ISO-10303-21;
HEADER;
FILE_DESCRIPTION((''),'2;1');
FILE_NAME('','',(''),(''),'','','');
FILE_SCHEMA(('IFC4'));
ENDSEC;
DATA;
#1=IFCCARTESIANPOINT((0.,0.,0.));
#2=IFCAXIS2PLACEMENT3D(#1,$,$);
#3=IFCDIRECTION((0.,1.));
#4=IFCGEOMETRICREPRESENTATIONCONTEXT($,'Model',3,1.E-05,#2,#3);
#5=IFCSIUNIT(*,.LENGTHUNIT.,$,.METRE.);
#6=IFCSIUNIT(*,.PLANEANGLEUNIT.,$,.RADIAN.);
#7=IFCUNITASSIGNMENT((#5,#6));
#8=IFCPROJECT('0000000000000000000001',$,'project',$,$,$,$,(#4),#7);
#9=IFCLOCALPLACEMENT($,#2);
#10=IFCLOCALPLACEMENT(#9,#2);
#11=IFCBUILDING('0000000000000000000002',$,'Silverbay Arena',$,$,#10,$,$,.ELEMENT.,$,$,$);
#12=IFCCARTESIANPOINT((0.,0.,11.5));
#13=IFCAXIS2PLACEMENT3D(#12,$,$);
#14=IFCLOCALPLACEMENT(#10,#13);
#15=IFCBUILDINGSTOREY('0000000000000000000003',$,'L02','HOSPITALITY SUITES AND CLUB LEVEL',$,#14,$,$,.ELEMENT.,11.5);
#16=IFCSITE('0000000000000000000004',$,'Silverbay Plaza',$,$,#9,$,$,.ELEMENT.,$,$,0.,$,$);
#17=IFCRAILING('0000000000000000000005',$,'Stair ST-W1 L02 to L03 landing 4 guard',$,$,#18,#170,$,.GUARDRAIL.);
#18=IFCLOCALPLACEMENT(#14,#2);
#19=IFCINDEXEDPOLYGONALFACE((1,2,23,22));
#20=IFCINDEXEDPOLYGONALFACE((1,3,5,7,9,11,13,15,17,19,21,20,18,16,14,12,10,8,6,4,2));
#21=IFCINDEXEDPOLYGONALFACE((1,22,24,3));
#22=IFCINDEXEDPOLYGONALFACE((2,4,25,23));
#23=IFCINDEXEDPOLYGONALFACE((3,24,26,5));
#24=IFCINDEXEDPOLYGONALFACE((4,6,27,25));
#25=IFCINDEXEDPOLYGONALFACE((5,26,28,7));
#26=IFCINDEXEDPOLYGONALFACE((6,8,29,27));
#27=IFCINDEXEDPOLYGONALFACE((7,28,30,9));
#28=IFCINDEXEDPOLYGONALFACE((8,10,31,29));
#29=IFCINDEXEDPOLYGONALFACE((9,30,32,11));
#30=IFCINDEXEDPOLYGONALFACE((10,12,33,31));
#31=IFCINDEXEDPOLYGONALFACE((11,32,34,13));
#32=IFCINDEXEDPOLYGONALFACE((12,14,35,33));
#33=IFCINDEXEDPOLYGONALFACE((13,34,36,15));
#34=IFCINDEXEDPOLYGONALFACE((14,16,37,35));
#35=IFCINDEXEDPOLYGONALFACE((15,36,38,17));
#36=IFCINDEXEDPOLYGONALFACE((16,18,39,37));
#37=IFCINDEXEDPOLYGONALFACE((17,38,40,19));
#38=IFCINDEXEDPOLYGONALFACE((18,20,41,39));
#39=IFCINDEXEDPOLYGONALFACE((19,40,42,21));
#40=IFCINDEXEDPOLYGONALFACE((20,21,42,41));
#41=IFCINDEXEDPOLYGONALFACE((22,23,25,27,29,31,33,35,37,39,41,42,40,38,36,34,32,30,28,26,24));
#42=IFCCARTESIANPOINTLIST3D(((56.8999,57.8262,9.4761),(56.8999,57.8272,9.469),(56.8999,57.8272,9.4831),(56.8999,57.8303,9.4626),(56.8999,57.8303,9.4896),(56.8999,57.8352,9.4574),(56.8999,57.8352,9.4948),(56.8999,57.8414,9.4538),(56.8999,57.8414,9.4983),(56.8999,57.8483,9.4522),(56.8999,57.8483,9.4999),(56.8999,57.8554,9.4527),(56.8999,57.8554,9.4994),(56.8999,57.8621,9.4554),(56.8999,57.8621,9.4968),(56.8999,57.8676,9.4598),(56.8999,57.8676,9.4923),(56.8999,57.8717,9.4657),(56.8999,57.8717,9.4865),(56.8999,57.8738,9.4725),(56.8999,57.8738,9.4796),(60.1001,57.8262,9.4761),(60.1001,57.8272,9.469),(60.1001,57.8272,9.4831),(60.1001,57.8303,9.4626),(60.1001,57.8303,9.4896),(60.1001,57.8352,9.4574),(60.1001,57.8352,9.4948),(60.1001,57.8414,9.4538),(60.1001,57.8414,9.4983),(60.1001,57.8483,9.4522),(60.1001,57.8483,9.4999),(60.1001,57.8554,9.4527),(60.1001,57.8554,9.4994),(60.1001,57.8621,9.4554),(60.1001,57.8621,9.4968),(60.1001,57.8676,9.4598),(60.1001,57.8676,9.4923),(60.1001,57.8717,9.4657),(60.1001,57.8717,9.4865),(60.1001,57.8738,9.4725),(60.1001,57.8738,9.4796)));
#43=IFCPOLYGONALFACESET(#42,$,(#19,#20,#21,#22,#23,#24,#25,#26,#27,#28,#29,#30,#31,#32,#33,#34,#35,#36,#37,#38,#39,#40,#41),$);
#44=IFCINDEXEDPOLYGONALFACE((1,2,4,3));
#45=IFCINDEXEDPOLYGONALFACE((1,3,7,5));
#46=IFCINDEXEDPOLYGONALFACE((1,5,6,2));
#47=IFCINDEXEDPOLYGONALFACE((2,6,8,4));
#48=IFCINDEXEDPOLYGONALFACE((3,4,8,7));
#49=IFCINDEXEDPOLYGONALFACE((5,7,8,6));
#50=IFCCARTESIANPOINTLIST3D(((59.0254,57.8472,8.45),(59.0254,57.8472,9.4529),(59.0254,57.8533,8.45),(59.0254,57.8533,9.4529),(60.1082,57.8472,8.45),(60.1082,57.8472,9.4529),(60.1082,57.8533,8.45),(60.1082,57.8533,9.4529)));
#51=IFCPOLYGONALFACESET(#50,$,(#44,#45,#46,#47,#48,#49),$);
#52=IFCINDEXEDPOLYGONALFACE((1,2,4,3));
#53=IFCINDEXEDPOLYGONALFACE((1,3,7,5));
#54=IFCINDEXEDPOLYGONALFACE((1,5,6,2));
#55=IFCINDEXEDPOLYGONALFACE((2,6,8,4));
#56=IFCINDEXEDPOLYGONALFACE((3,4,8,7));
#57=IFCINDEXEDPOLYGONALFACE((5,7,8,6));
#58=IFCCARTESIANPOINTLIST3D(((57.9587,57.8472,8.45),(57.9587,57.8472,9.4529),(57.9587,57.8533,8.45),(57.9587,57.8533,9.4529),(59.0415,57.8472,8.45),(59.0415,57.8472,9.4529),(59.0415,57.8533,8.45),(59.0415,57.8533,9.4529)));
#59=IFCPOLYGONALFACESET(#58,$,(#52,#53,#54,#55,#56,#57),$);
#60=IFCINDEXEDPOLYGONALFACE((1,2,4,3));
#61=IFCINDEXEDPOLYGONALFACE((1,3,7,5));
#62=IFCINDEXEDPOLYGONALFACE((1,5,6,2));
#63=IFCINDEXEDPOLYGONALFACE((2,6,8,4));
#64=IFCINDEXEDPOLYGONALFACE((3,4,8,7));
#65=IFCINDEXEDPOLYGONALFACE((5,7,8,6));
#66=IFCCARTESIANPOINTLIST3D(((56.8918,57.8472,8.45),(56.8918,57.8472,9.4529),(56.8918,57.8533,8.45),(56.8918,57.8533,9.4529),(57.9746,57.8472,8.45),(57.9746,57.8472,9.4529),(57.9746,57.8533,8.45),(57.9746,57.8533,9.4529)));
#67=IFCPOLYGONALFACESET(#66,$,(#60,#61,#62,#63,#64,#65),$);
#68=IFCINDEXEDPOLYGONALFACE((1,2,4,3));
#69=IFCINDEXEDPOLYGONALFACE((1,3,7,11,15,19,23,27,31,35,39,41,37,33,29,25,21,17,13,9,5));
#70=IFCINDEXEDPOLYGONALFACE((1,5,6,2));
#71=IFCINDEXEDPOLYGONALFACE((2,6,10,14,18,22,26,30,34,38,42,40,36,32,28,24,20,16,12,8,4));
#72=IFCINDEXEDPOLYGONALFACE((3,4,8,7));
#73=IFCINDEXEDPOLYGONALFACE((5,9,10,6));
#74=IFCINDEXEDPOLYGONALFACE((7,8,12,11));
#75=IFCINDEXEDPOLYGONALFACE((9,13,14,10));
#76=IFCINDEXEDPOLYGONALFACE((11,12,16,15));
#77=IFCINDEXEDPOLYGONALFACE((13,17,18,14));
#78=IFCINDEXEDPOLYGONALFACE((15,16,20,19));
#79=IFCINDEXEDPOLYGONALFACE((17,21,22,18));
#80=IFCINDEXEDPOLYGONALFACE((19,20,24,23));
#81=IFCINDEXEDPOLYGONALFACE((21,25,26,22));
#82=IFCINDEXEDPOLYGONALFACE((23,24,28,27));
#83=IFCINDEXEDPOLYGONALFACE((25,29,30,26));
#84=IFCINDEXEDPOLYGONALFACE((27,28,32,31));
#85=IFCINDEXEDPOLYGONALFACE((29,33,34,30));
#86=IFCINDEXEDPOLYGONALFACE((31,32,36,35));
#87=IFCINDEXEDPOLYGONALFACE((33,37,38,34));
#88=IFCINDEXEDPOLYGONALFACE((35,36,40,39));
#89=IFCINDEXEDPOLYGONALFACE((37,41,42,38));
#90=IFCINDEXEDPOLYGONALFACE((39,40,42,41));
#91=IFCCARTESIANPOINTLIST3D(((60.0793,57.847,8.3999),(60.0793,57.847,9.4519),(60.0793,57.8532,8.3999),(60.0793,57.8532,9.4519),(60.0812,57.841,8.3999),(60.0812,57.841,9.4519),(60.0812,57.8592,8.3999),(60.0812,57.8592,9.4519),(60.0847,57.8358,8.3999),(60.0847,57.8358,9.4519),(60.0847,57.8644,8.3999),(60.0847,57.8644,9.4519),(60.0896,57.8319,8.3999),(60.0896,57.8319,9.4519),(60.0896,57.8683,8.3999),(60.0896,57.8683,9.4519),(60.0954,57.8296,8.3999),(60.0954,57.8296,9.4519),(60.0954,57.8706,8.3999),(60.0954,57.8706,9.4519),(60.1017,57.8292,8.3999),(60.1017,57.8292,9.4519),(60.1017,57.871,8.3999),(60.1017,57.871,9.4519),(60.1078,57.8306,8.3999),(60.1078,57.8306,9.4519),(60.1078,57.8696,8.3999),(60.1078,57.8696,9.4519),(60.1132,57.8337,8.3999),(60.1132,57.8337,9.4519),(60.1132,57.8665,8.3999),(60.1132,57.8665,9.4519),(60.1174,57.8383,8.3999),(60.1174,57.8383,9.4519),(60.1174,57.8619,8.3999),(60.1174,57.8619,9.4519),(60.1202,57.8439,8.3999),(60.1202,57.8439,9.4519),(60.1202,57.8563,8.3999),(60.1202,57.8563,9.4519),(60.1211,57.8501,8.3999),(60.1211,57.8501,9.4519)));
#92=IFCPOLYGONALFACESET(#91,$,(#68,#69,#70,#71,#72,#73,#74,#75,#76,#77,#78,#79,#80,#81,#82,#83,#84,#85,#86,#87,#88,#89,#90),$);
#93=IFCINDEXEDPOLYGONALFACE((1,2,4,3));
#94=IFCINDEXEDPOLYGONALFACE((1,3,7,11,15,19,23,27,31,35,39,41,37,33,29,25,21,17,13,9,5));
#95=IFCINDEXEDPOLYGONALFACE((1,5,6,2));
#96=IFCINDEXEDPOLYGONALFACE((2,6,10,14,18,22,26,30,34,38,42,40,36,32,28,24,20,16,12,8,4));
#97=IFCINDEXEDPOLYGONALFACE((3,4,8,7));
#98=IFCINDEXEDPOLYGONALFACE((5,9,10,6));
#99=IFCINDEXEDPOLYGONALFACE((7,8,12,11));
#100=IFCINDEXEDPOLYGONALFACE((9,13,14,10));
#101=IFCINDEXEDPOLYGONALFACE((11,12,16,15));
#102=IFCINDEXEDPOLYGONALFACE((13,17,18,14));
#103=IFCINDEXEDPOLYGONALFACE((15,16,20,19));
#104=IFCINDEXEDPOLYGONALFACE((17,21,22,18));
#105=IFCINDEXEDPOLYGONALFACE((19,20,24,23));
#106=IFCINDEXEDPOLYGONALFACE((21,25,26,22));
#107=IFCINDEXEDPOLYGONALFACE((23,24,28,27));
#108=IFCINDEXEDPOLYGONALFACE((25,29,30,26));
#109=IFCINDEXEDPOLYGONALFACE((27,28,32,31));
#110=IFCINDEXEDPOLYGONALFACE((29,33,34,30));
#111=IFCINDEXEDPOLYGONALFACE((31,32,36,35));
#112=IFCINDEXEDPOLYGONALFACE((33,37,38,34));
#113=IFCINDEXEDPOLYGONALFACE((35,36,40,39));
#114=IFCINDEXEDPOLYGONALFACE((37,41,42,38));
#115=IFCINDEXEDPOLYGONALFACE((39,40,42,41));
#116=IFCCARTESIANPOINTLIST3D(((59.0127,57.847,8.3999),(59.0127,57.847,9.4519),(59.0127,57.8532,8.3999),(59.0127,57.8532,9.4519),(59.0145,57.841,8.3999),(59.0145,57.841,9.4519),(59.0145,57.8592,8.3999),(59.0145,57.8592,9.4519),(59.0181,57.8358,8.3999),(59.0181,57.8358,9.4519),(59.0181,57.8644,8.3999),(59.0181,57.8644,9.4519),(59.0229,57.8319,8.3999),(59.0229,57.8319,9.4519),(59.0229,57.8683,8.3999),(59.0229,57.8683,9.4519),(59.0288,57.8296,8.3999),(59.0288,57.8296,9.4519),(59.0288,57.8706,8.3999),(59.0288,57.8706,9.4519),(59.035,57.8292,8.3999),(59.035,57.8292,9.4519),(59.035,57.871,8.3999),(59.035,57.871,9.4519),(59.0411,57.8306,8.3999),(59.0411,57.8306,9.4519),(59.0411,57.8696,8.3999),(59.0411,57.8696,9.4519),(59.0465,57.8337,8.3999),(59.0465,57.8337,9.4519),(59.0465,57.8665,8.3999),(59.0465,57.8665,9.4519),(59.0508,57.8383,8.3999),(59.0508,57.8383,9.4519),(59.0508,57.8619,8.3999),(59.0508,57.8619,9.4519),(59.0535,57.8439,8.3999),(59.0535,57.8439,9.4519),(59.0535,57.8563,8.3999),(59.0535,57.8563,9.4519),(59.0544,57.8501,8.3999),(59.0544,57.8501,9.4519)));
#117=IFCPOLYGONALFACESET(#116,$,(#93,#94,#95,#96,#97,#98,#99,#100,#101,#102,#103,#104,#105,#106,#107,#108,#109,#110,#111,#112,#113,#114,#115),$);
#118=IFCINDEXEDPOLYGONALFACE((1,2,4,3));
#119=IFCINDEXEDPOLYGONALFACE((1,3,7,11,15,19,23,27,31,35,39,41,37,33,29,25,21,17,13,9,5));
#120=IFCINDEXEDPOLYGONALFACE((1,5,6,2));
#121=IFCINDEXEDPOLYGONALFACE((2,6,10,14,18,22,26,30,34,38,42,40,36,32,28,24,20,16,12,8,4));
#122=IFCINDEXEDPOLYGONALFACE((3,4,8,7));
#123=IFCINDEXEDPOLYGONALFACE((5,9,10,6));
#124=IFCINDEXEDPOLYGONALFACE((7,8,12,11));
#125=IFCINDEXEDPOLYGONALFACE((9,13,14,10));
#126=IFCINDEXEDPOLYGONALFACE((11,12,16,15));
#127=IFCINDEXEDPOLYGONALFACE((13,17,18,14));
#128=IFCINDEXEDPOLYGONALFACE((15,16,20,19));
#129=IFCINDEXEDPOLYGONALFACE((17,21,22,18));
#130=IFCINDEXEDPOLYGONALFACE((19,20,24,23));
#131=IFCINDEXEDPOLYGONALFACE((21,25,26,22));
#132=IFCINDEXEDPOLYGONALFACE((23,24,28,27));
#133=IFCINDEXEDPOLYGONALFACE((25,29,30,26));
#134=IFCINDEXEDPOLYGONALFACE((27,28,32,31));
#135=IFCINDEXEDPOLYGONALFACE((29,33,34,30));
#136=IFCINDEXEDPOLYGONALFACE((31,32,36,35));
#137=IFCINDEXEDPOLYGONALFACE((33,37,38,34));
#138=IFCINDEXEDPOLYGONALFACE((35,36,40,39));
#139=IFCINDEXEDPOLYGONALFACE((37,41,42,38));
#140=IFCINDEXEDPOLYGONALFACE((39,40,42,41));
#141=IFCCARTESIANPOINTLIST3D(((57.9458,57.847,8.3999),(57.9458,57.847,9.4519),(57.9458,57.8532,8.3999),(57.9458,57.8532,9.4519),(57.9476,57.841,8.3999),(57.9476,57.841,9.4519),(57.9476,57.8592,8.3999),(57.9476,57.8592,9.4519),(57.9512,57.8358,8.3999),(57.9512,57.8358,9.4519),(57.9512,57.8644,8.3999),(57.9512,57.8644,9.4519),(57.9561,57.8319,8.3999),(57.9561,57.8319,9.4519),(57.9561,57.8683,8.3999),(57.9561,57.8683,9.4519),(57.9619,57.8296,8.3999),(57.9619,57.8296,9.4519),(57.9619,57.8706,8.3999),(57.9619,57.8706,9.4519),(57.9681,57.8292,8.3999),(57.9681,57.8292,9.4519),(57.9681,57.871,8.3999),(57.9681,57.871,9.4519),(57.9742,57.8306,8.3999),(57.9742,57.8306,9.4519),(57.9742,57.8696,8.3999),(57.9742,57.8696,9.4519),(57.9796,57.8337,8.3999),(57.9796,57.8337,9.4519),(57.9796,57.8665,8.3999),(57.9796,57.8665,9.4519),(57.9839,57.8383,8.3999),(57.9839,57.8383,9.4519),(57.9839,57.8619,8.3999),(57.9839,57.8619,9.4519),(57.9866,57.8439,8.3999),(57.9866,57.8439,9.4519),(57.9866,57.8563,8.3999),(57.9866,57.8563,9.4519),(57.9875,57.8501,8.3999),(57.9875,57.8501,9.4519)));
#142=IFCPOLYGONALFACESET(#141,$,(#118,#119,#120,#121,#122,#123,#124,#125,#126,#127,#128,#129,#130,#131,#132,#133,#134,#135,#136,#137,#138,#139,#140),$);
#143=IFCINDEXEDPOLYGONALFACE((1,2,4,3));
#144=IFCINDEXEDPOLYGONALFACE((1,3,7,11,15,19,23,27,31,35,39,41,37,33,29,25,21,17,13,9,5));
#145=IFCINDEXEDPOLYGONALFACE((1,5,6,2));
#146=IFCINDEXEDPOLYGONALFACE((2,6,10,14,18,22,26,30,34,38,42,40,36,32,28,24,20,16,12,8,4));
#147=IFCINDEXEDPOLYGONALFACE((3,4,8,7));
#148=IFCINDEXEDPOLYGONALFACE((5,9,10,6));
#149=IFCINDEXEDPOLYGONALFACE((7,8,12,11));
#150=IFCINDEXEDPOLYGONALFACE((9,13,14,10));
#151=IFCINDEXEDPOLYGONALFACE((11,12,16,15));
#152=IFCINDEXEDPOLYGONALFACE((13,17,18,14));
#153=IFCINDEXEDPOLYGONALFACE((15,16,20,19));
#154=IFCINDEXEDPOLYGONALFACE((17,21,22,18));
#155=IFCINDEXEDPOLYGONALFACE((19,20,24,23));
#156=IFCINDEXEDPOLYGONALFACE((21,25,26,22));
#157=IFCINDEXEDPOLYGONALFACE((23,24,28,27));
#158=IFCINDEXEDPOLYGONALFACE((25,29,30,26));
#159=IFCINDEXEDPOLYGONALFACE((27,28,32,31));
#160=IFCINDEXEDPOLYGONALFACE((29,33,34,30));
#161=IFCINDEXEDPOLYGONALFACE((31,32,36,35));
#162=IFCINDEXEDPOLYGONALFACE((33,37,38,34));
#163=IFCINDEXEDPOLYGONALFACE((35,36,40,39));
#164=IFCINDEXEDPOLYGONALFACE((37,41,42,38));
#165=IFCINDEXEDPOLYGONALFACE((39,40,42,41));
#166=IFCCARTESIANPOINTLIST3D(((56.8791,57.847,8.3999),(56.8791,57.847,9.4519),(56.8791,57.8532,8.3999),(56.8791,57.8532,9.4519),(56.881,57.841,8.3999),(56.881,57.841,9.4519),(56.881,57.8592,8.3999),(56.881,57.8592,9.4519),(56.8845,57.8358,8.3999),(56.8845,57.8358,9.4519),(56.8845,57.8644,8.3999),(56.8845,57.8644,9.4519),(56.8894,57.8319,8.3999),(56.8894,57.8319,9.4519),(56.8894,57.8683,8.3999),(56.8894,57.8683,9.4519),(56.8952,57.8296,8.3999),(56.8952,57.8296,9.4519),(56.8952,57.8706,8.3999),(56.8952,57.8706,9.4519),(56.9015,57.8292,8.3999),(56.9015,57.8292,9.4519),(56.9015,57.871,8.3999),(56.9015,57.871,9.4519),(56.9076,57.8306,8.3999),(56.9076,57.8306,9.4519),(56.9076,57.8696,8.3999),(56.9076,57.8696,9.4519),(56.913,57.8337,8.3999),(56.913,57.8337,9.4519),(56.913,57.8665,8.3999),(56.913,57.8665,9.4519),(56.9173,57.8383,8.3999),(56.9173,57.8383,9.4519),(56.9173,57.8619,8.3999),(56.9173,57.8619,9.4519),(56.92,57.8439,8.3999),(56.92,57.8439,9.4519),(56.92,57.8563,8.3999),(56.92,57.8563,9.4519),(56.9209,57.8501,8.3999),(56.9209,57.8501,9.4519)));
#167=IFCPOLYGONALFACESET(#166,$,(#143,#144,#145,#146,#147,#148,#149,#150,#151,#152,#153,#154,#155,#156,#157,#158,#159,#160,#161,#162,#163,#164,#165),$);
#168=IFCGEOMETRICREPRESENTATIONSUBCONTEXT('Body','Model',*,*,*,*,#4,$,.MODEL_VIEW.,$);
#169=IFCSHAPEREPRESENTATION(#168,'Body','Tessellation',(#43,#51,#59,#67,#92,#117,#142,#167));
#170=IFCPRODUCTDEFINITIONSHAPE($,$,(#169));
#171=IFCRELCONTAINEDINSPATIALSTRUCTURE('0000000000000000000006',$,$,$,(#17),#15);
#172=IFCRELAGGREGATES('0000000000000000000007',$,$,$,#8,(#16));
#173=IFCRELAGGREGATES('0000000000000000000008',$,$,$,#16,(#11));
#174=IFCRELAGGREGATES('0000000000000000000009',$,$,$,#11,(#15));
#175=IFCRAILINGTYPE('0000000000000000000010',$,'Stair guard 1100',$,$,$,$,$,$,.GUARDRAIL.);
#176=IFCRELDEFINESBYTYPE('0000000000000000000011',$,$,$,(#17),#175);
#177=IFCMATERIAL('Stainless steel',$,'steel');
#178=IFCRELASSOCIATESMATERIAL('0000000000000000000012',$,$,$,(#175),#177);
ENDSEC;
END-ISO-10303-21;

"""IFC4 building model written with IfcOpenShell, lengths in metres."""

from ifc_helpers import new_model, si_unit, direction, frame, origin, origin_2d, place, context, subcontext, project, spatial, polyline, circle, outline, extrude, material, type_object, element, save


model = new_model("IFC4")

# Units and contexts
model_context = context("Model", 3, precision=1e-05, world=origin(), true_north=direction((0.0, 1.0)))
body_context = subcontext(model_context, "Body", "Model", "MODEL_VIEW")
ifc_project = project(units=[si_unit("LENGTHUNIT", "METRE"), si_unit("PLANEANGLEUNIT", "RADIAN")], contexts=[model_context])

# Site, building, storey
site_placement = place(None, origin())
site = spatial("IfcSite", under=ifc_project, at=site_placement, Name="Silverbay Plaza", CompositionType="ELEMENT", RefElevation=0.0)
building_placement = place(site_placement, origin())
building = spatial("IfcBuilding", under=site, at=building_placement, Name="Silverbay Arena", CompositionType="ELEMENT")
storey_placement = place(building_placement, frame((0.0, 0.0, 11.5)))
storey = spatial("IfcBuildingStorey", under=building, at=storey_placement, Name="L02", Description="HOSPITALITY SUITES AND CLUB LEVEL", CompositionType="ELEMENT", Elevation=11.5)

# Railing
ifc_material_1 = material(Name="Stainless steel", Category="steel")
railing_type_1 = type_object("IfcRailingType", Name="Stair guard 1100", PredefinedType="GUARDRAIL", material=ifc_material_1)
for number, where, name in (
    (1, (60.1001, 57.8501, 8.3999), "Stair ST-W1 L02 to L03 landing 4 guard"),
):
    element("IfcRailing", number, at=place(storey_placement, frame(where)), inside=storey, type_object=railing_type_1, Name=name, PredefinedType="GUARDRAIL", context=body_context, shape_type="SweptSolid", body=[
        extrude(circle(Radius=0.0239, at=origin_2d()), frame((0.0, 0.0, 1.0762), z_axis=(-1.0, 0.0, 0.0), x_axis=(0.0, -1.0, 0.0)), (0.0, 0.0, 1.0), 3.2002),
        extrude(outline(polyline([(-0.0081, 0.05), (1.0747, 0.05), (1.0747, 1.053), (-0.0081, 1.053), (-0.0081, 0.05)])), frame((0.0, -0.0029, 0.0), z_axis=(0.0, 1.0, 0.0), x_axis=(-1.0, 0.0, 0.0)), (0.0, 0.0, 1.0), 0.0061),
        extrude(outline(polyline([(-0.0081, 0.05), (1.0747, 0.05), (1.0747, 1.053), (-0.0081, 1.053), (-0.0081, 0.05)])), frame((-1.0667, -0.0029, 0.0), z_axis=(0.0, 1.0, 0.0), x_axis=(-1.0, 0.0, 0.0)), (0.0, 0.0, 1.0), 0.0061),
        extrude(outline(polyline([(-0.0081, 0.05), (1.0747, 0.05), (1.0747, 1.053), (-0.0081, 1.053), (-0.0081, 0.05)])), frame((-2.1335, -0.0029, 0.0), z_axis=(0.0, 1.0, 0.0), x_axis=(-1.0, 0.0, 0.0)), (0.0, 0.0, 1.0), 0.0061),
        extrude(circle(Radius=0.021, at=origin_2d()), origin(), (0.0, 0.0, 1.0), 1.052),
        extrude(circle(Radius=0.021, at=origin_2d()), frame((-1.0667, 0.0, 0.0)), (0.0, 0.0, 1.0), 1.052),
        extrude(circle(Radius=0.021, at=origin_2d()), frame((-2.1335, 0.0, 0.0)), (0.0, 0.0, 1.0), 1.052),
        extrude(circle(Radius=0.021, at=origin_2d()), frame((-3.2002, 0.0, 0.0)), (0.0, 0.0, 1.0), 1.052),
    ])

save(model, "model.ifc")
